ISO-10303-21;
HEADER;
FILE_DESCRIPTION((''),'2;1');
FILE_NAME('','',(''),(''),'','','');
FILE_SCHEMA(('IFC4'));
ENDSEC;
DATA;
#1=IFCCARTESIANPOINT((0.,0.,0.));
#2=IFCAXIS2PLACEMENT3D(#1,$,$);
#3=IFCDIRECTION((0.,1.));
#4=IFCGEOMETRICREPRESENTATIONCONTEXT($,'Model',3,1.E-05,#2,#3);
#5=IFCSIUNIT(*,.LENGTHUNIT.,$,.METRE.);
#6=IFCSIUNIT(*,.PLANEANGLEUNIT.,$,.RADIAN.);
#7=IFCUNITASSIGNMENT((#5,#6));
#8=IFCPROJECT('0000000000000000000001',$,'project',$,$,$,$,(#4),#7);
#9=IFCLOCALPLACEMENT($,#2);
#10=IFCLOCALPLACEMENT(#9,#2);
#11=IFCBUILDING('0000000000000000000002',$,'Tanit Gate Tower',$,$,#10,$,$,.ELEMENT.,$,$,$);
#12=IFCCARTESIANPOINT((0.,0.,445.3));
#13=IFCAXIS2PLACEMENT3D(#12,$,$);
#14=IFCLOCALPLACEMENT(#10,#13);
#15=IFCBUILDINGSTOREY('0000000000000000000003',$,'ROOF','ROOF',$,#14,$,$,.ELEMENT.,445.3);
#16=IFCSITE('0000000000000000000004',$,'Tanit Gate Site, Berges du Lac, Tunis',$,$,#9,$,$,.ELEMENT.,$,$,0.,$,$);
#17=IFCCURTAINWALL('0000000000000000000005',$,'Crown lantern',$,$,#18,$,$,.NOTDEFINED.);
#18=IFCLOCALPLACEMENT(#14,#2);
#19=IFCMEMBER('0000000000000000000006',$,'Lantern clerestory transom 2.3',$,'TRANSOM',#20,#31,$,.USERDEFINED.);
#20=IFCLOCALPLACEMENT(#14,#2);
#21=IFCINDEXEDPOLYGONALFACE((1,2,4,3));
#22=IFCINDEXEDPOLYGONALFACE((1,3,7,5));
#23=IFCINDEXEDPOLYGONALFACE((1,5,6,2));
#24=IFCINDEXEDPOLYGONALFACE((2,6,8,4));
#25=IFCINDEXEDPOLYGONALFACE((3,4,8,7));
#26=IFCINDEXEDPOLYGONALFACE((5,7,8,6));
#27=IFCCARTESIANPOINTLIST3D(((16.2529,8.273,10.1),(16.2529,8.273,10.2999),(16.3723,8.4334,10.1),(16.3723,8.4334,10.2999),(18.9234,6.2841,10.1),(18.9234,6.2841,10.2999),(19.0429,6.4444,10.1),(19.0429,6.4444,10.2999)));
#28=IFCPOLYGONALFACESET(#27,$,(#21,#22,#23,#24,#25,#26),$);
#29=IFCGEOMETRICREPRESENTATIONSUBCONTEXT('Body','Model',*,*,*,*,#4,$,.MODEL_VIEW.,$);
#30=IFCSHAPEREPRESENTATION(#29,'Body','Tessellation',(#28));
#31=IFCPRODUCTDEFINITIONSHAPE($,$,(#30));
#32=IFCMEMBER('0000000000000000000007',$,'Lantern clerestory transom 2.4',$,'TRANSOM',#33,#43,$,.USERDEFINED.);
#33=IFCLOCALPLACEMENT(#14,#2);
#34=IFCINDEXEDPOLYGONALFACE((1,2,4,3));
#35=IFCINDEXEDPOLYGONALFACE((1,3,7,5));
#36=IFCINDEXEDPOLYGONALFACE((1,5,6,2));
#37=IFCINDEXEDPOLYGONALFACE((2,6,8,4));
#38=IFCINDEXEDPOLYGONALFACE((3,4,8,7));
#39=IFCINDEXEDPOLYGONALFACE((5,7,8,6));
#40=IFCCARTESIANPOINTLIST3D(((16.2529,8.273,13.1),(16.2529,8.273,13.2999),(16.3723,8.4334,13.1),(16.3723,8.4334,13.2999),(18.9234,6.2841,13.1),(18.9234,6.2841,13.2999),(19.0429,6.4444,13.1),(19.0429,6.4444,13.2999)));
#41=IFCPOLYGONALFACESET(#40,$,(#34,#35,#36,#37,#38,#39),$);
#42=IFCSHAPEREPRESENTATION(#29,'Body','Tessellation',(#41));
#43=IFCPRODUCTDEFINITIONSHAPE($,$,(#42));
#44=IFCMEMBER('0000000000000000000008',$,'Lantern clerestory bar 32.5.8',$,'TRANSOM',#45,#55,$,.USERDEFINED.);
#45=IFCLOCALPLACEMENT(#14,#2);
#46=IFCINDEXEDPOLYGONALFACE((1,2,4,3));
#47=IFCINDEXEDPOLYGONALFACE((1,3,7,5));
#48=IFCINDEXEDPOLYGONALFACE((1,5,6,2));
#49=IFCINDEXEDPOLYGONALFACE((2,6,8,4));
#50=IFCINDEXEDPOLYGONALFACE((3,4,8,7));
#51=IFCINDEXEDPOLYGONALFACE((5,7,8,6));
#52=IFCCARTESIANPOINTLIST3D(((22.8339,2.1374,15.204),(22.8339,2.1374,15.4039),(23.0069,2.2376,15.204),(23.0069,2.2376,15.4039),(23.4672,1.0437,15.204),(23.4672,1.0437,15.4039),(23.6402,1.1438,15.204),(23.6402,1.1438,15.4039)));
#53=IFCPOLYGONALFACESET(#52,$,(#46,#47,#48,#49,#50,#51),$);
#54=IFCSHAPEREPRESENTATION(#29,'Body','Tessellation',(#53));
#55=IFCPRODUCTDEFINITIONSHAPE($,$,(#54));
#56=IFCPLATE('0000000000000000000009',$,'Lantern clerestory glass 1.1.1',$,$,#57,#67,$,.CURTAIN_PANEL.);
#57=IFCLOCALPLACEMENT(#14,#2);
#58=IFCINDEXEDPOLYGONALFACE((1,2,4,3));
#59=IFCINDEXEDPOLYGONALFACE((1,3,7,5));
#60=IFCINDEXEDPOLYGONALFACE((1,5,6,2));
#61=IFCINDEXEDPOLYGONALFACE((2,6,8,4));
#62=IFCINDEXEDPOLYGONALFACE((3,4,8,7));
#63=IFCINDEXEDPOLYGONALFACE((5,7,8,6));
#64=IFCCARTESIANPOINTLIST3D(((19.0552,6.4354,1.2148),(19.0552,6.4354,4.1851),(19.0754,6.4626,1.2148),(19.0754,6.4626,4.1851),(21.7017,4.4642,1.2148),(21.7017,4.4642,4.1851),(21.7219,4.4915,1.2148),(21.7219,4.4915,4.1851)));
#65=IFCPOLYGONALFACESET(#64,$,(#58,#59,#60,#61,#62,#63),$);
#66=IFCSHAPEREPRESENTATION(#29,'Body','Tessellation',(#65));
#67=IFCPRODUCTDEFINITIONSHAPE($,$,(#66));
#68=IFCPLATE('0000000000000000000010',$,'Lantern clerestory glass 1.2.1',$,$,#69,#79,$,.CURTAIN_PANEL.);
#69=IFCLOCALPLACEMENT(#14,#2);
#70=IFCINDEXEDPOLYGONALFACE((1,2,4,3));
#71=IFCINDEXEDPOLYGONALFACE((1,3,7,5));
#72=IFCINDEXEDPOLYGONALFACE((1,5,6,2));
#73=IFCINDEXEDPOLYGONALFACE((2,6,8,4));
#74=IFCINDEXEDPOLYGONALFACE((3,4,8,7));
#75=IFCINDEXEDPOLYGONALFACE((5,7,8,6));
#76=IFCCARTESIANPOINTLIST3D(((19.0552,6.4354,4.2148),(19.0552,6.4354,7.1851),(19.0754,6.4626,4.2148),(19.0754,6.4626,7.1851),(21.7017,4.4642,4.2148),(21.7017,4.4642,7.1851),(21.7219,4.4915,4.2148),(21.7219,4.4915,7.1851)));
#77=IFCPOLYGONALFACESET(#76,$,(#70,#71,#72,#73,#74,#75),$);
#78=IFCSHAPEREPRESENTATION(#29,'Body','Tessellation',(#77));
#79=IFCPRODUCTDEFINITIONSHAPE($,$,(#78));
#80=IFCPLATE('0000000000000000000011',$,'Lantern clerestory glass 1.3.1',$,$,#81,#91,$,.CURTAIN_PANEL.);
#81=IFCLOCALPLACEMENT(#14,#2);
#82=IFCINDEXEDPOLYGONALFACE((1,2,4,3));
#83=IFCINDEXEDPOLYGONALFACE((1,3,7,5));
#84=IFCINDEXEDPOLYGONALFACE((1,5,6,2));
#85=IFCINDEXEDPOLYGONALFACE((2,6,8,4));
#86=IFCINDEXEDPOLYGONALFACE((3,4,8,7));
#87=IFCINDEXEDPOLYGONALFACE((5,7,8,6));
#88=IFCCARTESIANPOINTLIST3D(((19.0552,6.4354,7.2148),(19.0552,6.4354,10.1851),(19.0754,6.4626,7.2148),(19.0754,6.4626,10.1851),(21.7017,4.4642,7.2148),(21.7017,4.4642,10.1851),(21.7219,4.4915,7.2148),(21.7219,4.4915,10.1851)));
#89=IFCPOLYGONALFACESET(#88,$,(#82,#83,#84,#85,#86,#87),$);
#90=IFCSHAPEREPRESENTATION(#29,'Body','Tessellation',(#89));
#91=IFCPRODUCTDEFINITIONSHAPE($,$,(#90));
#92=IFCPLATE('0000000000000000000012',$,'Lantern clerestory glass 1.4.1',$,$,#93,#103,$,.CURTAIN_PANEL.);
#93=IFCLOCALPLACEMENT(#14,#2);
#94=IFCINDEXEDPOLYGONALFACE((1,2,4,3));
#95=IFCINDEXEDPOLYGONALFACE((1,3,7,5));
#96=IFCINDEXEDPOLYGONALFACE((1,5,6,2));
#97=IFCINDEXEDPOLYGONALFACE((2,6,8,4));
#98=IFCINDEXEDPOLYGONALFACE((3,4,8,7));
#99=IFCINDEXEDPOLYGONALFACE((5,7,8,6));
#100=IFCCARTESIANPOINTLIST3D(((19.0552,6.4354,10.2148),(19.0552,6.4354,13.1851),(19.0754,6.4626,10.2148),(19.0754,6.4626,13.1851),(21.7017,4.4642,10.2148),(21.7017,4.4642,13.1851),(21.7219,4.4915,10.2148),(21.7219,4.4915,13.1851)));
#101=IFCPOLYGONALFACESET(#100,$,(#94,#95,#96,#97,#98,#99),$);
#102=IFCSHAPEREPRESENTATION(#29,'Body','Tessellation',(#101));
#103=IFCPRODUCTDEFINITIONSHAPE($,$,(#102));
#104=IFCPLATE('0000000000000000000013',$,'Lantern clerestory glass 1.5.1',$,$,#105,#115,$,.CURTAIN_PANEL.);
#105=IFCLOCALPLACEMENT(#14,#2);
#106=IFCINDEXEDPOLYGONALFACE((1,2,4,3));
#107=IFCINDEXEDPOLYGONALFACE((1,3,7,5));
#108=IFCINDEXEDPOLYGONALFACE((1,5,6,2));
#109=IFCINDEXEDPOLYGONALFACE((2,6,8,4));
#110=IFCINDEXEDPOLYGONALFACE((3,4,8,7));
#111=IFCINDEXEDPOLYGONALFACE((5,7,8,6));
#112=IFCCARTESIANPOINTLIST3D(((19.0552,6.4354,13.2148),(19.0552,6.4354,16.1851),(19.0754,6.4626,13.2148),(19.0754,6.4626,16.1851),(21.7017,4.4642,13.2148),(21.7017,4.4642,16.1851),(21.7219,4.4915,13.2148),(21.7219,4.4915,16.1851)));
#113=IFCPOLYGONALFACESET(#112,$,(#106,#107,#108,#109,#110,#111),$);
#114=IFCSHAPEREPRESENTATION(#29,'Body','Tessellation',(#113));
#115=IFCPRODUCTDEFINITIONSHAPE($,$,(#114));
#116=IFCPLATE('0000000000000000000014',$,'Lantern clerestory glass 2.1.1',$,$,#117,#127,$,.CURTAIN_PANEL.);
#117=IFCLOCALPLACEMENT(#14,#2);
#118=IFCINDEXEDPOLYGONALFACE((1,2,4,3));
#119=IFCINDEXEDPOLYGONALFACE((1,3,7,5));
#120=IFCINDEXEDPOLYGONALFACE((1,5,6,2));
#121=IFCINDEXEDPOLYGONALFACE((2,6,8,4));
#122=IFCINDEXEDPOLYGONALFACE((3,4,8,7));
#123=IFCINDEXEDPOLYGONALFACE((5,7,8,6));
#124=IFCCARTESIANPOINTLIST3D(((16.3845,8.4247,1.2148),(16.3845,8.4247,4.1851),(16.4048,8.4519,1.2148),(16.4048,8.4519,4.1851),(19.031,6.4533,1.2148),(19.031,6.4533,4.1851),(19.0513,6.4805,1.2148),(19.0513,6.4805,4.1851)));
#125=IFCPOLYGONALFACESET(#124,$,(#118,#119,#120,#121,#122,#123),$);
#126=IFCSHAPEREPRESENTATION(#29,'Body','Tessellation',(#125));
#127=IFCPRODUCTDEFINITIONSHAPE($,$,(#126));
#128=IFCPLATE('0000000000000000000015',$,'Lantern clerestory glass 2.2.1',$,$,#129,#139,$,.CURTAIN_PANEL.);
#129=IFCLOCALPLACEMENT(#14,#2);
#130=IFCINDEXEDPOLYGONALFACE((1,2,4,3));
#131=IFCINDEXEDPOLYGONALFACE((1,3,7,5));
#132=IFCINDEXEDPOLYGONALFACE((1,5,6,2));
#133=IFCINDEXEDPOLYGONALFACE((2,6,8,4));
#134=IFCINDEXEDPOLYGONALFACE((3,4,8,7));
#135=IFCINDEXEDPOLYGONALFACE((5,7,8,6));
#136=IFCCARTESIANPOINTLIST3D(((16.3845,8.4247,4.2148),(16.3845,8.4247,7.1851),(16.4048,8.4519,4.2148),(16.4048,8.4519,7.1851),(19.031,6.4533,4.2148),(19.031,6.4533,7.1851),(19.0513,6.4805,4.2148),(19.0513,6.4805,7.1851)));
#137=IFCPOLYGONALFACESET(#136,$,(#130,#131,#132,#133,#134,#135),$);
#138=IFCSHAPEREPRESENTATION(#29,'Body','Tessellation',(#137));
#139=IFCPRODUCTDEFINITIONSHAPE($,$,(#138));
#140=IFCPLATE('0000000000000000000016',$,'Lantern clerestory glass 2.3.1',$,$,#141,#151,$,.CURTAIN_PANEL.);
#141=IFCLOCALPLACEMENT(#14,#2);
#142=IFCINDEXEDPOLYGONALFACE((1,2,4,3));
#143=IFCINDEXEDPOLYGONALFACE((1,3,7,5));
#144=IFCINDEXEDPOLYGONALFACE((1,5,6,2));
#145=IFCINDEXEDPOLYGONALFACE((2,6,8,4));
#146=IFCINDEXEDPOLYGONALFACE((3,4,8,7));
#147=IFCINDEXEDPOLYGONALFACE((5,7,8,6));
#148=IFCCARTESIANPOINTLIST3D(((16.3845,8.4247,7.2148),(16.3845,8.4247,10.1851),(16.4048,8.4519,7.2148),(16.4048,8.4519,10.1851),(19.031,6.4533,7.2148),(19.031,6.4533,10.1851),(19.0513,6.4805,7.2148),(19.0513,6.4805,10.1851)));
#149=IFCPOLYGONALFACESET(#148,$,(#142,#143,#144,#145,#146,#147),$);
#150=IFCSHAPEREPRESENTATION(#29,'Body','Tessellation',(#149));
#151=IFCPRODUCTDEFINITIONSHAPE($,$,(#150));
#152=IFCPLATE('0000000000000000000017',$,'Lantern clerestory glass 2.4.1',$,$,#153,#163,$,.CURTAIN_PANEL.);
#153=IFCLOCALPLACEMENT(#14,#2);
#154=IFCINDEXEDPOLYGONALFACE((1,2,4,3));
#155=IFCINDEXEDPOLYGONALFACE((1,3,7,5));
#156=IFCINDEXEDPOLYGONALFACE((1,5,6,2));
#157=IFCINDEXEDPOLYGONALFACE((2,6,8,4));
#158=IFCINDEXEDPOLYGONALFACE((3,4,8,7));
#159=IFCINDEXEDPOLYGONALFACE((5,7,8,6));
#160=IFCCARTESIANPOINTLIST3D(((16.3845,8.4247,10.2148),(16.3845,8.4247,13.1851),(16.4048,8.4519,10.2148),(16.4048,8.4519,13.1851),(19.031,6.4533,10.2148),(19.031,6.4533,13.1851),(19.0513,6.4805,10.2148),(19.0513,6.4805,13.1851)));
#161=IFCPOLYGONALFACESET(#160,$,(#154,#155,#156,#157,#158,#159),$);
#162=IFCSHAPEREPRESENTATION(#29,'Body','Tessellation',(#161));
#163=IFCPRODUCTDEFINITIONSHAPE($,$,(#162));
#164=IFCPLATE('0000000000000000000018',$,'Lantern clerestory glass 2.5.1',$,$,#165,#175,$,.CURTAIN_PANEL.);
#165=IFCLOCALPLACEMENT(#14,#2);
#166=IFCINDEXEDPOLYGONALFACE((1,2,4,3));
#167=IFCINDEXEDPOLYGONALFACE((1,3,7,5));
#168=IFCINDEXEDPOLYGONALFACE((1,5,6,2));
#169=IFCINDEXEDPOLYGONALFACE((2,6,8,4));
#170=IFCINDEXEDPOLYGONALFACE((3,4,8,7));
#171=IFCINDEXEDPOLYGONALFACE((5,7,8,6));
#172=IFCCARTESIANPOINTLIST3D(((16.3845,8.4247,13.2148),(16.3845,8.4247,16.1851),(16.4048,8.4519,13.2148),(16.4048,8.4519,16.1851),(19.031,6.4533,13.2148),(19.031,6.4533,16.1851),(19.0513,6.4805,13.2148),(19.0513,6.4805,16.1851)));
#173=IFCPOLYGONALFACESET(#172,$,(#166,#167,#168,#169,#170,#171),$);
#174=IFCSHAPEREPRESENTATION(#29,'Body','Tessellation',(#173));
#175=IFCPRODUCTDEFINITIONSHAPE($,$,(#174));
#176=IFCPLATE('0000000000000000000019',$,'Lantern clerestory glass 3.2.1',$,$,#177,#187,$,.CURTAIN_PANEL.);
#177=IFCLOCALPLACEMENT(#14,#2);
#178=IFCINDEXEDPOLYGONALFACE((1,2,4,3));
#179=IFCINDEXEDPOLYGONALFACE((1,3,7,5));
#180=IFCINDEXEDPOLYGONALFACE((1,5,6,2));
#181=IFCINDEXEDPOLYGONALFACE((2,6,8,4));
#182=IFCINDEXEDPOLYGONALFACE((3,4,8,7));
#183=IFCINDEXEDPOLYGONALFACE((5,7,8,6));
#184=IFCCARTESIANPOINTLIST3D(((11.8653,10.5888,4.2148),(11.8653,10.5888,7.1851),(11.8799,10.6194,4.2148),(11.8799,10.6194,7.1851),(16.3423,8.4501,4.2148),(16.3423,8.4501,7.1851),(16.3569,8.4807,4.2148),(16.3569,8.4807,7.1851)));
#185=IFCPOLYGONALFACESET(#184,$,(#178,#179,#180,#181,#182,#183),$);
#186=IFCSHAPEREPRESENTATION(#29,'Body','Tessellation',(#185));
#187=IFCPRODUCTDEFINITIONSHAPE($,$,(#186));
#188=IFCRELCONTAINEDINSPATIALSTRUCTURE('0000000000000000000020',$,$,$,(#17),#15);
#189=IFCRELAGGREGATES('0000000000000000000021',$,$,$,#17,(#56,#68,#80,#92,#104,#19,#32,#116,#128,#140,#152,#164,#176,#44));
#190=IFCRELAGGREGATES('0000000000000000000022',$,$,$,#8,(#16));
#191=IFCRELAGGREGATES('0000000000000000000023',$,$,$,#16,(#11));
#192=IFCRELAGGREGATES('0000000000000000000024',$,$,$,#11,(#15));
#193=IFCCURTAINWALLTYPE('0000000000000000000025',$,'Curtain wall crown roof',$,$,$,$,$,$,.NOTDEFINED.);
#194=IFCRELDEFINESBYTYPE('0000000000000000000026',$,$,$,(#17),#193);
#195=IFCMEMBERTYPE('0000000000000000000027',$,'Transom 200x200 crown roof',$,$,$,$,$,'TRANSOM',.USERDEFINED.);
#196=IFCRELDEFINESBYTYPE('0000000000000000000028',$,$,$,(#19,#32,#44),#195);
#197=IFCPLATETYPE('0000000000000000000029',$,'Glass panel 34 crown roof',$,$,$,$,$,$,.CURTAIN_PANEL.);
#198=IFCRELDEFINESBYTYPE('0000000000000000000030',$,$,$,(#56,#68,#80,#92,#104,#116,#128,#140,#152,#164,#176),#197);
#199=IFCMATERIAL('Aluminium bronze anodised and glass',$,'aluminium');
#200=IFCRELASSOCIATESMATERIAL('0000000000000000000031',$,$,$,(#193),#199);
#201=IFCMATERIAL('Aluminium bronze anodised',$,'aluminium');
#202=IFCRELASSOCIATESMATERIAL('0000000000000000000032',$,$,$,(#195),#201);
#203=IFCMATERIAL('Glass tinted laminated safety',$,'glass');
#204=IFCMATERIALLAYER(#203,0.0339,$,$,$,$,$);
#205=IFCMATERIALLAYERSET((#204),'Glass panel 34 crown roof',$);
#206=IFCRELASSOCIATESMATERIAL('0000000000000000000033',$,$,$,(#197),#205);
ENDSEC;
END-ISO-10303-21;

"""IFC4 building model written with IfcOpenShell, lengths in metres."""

from ifc_helpers import new_model, si_unit, direction, frame, origin, origin_2d, place, context, subcontext, project, spatial, polyline, rectangle, outline, extrude, material, layer, layer_set, material_profile, profile_set, type_object, element, aggregate, save


model = new_model("IFC4")

# Units and contexts
model_context = context("Model", 3, precision=1e-05, world=origin(), true_north=direction((0.0, 1.0)))
body_context = subcontext(model_context, "Body", "Model", "MODEL_VIEW")
ifc_project = project(units=[si_unit("LENGTHUNIT", "METRE"), si_unit("PLANEANGLEUNIT", "RADIAN")], contexts=[model_context])

# Site, building, storey
site_placement = place(None, origin())
site = spatial("IfcSite", under=ifc_project, at=site_placement, Name="Tanit Gate Site, Berges du Lac, Tunis", CompositionType="ELEMENT", RefElevation=0.0)
building_placement = place(site_placement, origin())
building = spatial("IfcBuilding", under=site, at=building_placement, Name="Tanit Gate Tower", CompositionType="ELEMENT")
storey_placement = place(building_placement, frame((0.0, 0.0, 445.3)))
storey = spatial("IfcBuildingStorey", under=building, at=storey_placement, Name="ROOF", Description="ROOF", CompositionType="ELEMENT", Elevation=445.3)

# Curtain wall, members, plates
ifc_material_1 = material(Name="Aluminium bronze anodised and glass", Category="aluminium")
curtain_wall_type = type_object("IfcCurtainWallType", Name="Curtain wall crown roof", PredefinedType="NOTDEFINED", material=ifc_material_1)
curtain_wall_placement = place(storey_placement, origin())
curtain_wall = element("IfcCurtainWall", 1, at=curtain_wall_placement, inside=storey, type_object=curtain_wall_type, Name="Crown lantern", PredefinedType="NOTDEFINED")
ifc_material_2 = material(Name="Aluminium bronze anodised", Category="aluminium")
ifc_material_profile_1 = material_profile(ifc_material_2, rectangle(XDim=0.2, YDim=0.2, at=origin_2d()), Name="200x200 bronze transom")
ifc_profile_set_1 = profile_set([ifc_material_profile_1], Name="Aluminium bronze anodised")
member_type_1 = type_object("IfcMemberType", Name="Transom 200x200 crown roof", ElementType="TRANSOM", PredefinedType="USERDEFINED", material=ifc_profile_set_1)
member_1_placement = place(storey_placement, frame((18.9832, 6.3643, 10.2), z_axis=(-0.80201, 0.59731, 0.0), x_axis=(-0.59731, -0.80201, 0.0)))
member_1 = element("IfcMember", 2, at=member_1_placement, type_object=member_type_1, Name="Lantern clerestory transom 2.3", ObjectType="TRANSOM", PredefinedType="USERDEFINED", context=body_context, shape_type="SweptSolid", body=[
    extrude(rectangle(XDim=0.2, YDim=0.2, at=origin_2d()), origin(), (0.0, 0.0, 1.0), 3.3298),
])
member_2_placement = place(storey_placement, frame((18.9832, 6.3643, 13.2), z_axis=(-0.80201, 0.59731, 0.0), x_axis=(-0.59731, -0.80201, 0.0)))
member_2 = element("IfcMember", 3, at=member_2_placement, type_object=member_type_1, Name="Lantern clerestory transom 2.4", ObjectType="TRANSOM", PredefinedType="USERDEFINED", context=body_context, shape_type="SweptSolid", body=[
    extrude(rectangle(XDim=0.2, YDim=0.2, at=origin_2d()), origin(), (0.0, 0.0, 1.0), 3.3298),
])
member_3_placement = place(storey_placement, frame((23.5537, 1.0938, 15.304), z_axis=(-0.501082, 0.8654, 0.0), x_axis=(-0.8654, -0.501082, 0.0)))
member_3 = element("IfcMember", 4, at=member_3_placement, type_object=member_type_1, Name="Lantern clerestory bar 32.5.8", ObjectType="TRANSOM", PredefinedType="USERDEFINED", context=body_context, shape_type="SweptSolid", body=[
    extrude(rectangle(XDim=0.2, YDim=0.2, at=origin_2d()), origin(), (0.0, 0.0, 1.0), 1.2639),
])
ifc_material_3 = material(Name="Glass tinted laminated safety", Category="glass")
ifc_layer_1 = layer(ifc_material_3, 0.0339)
ifc_layer_set_1 = layer_set([ifc_layer_1], Name="Glass panel 34 crown roof")
plate_type = type_object("IfcPlateType", Name="Glass panel 34 crown roof", PredefinedType="CURTAIN_PANEL", material=ifc_layer_set_1)
plate_1_placement = place(storey_placement, frame((21.7219, 4.4915, 1.2148), z_axis=(0.597345, 0.801984, 0.0), x_axis=(-0.801984, 0.597345, 0.0)))
plate_1 = element("IfcPlate", 5, at=plate_1_placement, type_object=plate_type, Name="Lantern clerestory glass 1.1.1", PredefinedType="CURTAIN_PANEL", context=body_context, shape_type="SweptSolid", body=[
    extrude(outline(polyline([(0.0, 0.0), (3.2999, 0.0), (3.2999, 2.9702), (0.0, 2.9702), (0.0, 0.0)])), origin(), (0.0, 0.0, -1.0), 0.0339),
])
plate_2_placement = place(storey_placement, frame((21.7219, 4.4915, 4.2148), z_axis=(0.597345, 0.801984, 0.0), x_axis=(-0.801984, 0.597345, 0.0)))
plate_2 = element("IfcPlate", 6, at=plate_2_placement, type_object=plate_type, Name="Lantern clerestory glass 1.2.1", PredefinedType="CURTAIN_PANEL", context=body_context, shape_type="SweptSolid", body=[
    extrude(outline(polyline([(0.0, 0.0), (3.2999, 0.0), (3.2999, 2.9702), (0.0, 2.9702), (0.0, 0.0)])), origin(), (0.0, 0.0, -1.0), 0.0339),
])
plate_3_placement = place(storey_placement, frame((21.7219, 4.4915, 7.2148), z_axis=(0.597345, 0.801984, 0.0), x_axis=(-0.801984, 0.597345, 0.0)))
plate_3 = element("IfcPlate", 7, at=plate_3_placement, type_object=plate_type, Name="Lantern clerestory glass 1.3.1", PredefinedType="CURTAIN_PANEL", context=body_context, shape_type="SweptSolid", body=[
    extrude(outline(polyline([(0.0, 0.0), (3.2999, 0.0), (3.2999, 2.9702), (0.0, 2.9702), (0.0, 0.0)])), origin(), (0.0, 0.0, -1.0), 0.0339),
])
plate_4_placement = place(storey_placement, frame((21.7219, 4.4915, 10.2148), z_axis=(0.597345, 0.801984, 0.0), x_axis=(-0.801984, 0.597345, 0.0)))
plate_4 = element("IfcPlate", 8, at=plate_4_placement, type_object=plate_type, Name="Lantern clerestory glass 1.4.1", PredefinedType="CURTAIN_PANEL", context=body_context, shape_type="SweptSolid", body=[
    extrude(outline(polyline([(0.0, 0.0), (3.2999, 0.0), (3.2999, 2.9702), (0.0, 2.9702), (0.0, 0.0)])), origin(), (0.0, 0.0, -1.0), 0.0339),
])
plate_5_placement = place(storey_placement, frame((21.7219, 4.4915, 13.2148), z_axis=(0.597345, 0.801984, 0.0), x_axis=(-0.801984, 0.597345, 0.0)))
plate_5 = element("IfcPlate", 9, at=plate_5_placement, type_object=plate_type, Name="Lantern clerestory glass 1.5.1", PredefinedType="CURTAIN_PANEL", context=body_context, shape_type="SweptSolid", body=[
    extrude(outline(polyline([(0.0, 0.0), (3.2999, 0.0), (3.2999, 2.9702), (0.0, 2.9702), (0.0, 0.0)])), origin(), (0.0, 0.0, -1.0), 0.0339),
])
plate_6_placement = place(storey_placement, frame((19.0513, 6.4805, 1.2148), z_axis=(0.597393, 0.801949, 0.0), x_axis=(-0.801949, 0.597393, 0.0)))
plate_6 = element("IfcPlate", 10, at=plate_6_placement, type_object=plate_type, Name="Lantern clerestory glass 2.1.1", PredefinedType="CURTAIN_PANEL", context=body_context, shape_type="SweptSolid", body=[
    extrude(outline(polyline([(0.0, 0.0), (3.3001, 0.0), (3.3001, 2.9702), (0.0, 2.9702), (0.0, 0.0)])), origin(), (0.0, 0.0, -1.0), 0.0339),
])
plate_7_placement = place(storey_placement, frame((19.0513, 6.4805, 4.2148), z_axis=(0.597393, 0.801949, 0.0), x_axis=(-0.801949, 0.597393, 0.0)))
plate_7 = element("IfcPlate", 11, at=plate_7_placement, type_object=plate_type, Name="Lantern clerestory glass 2.2.1", PredefinedType="CURTAIN_PANEL", context=body_context, shape_type="SweptSolid", body=[
    extrude(outline(polyline([(0.0, 0.0), (3.3001, 0.0), (3.3001, 2.9702), (0.0, 2.9702), (0.0, 0.0)])), origin(), (0.0, 0.0, -1.0), 0.0339),
])
plate_8_placement = place(storey_placement, frame((19.0513, 6.4805, 7.2148), z_axis=(0.597393, 0.801949, 0.0), x_axis=(-0.801949, 0.597393, 0.0)))
plate_8 = element("IfcPlate", 12, at=plate_8_placement, type_object=plate_type, Name="Lantern clerestory glass 2.3.1", PredefinedType="CURTAIN_PANEL", context=body_context, shape_type="SweptSolid", body=[
    extrude(outline(polyline([(0.0, 0.0), (3.3001, 0.0), (3.3001, 2.9702), (0.0, 2.9702), (0.0, 0.0)])), origin(), (0.0, 0.0, -1.0), 0.0339),
])
plate_9_placement = place(storey_placement, frame((19.0513, 6.4805, 10.2148), z_axis=(0.597393, 0.801949, 0.0), x_axis=(-0.801949, 0.597393, 0.0)))
plate_9 = element("IfcPlate", 13, at=plate_9_placement, type_object=plate_type, Name="Lantern clerestory glass 2.4.1", PredefinedType="CURTAIN_PANEL", context=body_context, shape_type="SweptSolid", body=[
    extrude(outline(polyline([(0.0, 0.0), (3.3001, 0.0), (3.3001, 2.9702), (0.0, 2.9702), (0.0, 0.0)])), origin(), (0.0, 0.0, -1.0), 0.0339),
])
plate_10_placement = place(storey_placement, frame((19.0513, 6.4805, 13.2148), z_axis=(0.597393, 0.801949, 0.0), x_axis=(-0.801949, 0.597393, 0.0)))
plate_10 = element("IfcPlate", 14, at=plate_10_placement, type_object=plate_type, Name="Lantern clerestory glass 2.5.1", PredefinedType="CURTAIN_PANEL", context=body_context, shape_type="SweptSolid", body=[
    extrude(outline(polyline([(0.0, 0.0), (3.3001, 0.0), (3.3001, 2.9702), (0.0, 2.9702), (0.0, 0.0)])), origin(), (0.0, 0.0, -1.0), 0.0339),
])
plate_11_placement = place(storey_placement, frame((16.3569, 8.4807, 4.2148), z_axis=(0.431041, 0.902332, 0.0), x_axis=(-0.902332, 0.431041, 0.0)))
plate_11 = element("IfcPlate", 15, at=plate_11_placement, type_object=plate_type, Name="Lantern clerestory glass 3.2.1", PredefinedType="CURTAIN_PANEL", context=body_context, shape_type="SweptSolid", body=[
    extrude(outline(polyline([(0.0, 0.0), (4.9616, 0.0), (4.9616, 2.9702), (0.0, 2.9702), (0.0, 0.0)])), origin(), (0.0, 0.0, -1.0), 0.0339),
])
aggregate(curtain_wall, [plate_1, plate_2, plate_3, plate_4, plate_5, member_1, member_2, plate_6, plate_7, plate_8, plate_9, plate_10, plate_11, member_3])

save(model, "model.ifc")
